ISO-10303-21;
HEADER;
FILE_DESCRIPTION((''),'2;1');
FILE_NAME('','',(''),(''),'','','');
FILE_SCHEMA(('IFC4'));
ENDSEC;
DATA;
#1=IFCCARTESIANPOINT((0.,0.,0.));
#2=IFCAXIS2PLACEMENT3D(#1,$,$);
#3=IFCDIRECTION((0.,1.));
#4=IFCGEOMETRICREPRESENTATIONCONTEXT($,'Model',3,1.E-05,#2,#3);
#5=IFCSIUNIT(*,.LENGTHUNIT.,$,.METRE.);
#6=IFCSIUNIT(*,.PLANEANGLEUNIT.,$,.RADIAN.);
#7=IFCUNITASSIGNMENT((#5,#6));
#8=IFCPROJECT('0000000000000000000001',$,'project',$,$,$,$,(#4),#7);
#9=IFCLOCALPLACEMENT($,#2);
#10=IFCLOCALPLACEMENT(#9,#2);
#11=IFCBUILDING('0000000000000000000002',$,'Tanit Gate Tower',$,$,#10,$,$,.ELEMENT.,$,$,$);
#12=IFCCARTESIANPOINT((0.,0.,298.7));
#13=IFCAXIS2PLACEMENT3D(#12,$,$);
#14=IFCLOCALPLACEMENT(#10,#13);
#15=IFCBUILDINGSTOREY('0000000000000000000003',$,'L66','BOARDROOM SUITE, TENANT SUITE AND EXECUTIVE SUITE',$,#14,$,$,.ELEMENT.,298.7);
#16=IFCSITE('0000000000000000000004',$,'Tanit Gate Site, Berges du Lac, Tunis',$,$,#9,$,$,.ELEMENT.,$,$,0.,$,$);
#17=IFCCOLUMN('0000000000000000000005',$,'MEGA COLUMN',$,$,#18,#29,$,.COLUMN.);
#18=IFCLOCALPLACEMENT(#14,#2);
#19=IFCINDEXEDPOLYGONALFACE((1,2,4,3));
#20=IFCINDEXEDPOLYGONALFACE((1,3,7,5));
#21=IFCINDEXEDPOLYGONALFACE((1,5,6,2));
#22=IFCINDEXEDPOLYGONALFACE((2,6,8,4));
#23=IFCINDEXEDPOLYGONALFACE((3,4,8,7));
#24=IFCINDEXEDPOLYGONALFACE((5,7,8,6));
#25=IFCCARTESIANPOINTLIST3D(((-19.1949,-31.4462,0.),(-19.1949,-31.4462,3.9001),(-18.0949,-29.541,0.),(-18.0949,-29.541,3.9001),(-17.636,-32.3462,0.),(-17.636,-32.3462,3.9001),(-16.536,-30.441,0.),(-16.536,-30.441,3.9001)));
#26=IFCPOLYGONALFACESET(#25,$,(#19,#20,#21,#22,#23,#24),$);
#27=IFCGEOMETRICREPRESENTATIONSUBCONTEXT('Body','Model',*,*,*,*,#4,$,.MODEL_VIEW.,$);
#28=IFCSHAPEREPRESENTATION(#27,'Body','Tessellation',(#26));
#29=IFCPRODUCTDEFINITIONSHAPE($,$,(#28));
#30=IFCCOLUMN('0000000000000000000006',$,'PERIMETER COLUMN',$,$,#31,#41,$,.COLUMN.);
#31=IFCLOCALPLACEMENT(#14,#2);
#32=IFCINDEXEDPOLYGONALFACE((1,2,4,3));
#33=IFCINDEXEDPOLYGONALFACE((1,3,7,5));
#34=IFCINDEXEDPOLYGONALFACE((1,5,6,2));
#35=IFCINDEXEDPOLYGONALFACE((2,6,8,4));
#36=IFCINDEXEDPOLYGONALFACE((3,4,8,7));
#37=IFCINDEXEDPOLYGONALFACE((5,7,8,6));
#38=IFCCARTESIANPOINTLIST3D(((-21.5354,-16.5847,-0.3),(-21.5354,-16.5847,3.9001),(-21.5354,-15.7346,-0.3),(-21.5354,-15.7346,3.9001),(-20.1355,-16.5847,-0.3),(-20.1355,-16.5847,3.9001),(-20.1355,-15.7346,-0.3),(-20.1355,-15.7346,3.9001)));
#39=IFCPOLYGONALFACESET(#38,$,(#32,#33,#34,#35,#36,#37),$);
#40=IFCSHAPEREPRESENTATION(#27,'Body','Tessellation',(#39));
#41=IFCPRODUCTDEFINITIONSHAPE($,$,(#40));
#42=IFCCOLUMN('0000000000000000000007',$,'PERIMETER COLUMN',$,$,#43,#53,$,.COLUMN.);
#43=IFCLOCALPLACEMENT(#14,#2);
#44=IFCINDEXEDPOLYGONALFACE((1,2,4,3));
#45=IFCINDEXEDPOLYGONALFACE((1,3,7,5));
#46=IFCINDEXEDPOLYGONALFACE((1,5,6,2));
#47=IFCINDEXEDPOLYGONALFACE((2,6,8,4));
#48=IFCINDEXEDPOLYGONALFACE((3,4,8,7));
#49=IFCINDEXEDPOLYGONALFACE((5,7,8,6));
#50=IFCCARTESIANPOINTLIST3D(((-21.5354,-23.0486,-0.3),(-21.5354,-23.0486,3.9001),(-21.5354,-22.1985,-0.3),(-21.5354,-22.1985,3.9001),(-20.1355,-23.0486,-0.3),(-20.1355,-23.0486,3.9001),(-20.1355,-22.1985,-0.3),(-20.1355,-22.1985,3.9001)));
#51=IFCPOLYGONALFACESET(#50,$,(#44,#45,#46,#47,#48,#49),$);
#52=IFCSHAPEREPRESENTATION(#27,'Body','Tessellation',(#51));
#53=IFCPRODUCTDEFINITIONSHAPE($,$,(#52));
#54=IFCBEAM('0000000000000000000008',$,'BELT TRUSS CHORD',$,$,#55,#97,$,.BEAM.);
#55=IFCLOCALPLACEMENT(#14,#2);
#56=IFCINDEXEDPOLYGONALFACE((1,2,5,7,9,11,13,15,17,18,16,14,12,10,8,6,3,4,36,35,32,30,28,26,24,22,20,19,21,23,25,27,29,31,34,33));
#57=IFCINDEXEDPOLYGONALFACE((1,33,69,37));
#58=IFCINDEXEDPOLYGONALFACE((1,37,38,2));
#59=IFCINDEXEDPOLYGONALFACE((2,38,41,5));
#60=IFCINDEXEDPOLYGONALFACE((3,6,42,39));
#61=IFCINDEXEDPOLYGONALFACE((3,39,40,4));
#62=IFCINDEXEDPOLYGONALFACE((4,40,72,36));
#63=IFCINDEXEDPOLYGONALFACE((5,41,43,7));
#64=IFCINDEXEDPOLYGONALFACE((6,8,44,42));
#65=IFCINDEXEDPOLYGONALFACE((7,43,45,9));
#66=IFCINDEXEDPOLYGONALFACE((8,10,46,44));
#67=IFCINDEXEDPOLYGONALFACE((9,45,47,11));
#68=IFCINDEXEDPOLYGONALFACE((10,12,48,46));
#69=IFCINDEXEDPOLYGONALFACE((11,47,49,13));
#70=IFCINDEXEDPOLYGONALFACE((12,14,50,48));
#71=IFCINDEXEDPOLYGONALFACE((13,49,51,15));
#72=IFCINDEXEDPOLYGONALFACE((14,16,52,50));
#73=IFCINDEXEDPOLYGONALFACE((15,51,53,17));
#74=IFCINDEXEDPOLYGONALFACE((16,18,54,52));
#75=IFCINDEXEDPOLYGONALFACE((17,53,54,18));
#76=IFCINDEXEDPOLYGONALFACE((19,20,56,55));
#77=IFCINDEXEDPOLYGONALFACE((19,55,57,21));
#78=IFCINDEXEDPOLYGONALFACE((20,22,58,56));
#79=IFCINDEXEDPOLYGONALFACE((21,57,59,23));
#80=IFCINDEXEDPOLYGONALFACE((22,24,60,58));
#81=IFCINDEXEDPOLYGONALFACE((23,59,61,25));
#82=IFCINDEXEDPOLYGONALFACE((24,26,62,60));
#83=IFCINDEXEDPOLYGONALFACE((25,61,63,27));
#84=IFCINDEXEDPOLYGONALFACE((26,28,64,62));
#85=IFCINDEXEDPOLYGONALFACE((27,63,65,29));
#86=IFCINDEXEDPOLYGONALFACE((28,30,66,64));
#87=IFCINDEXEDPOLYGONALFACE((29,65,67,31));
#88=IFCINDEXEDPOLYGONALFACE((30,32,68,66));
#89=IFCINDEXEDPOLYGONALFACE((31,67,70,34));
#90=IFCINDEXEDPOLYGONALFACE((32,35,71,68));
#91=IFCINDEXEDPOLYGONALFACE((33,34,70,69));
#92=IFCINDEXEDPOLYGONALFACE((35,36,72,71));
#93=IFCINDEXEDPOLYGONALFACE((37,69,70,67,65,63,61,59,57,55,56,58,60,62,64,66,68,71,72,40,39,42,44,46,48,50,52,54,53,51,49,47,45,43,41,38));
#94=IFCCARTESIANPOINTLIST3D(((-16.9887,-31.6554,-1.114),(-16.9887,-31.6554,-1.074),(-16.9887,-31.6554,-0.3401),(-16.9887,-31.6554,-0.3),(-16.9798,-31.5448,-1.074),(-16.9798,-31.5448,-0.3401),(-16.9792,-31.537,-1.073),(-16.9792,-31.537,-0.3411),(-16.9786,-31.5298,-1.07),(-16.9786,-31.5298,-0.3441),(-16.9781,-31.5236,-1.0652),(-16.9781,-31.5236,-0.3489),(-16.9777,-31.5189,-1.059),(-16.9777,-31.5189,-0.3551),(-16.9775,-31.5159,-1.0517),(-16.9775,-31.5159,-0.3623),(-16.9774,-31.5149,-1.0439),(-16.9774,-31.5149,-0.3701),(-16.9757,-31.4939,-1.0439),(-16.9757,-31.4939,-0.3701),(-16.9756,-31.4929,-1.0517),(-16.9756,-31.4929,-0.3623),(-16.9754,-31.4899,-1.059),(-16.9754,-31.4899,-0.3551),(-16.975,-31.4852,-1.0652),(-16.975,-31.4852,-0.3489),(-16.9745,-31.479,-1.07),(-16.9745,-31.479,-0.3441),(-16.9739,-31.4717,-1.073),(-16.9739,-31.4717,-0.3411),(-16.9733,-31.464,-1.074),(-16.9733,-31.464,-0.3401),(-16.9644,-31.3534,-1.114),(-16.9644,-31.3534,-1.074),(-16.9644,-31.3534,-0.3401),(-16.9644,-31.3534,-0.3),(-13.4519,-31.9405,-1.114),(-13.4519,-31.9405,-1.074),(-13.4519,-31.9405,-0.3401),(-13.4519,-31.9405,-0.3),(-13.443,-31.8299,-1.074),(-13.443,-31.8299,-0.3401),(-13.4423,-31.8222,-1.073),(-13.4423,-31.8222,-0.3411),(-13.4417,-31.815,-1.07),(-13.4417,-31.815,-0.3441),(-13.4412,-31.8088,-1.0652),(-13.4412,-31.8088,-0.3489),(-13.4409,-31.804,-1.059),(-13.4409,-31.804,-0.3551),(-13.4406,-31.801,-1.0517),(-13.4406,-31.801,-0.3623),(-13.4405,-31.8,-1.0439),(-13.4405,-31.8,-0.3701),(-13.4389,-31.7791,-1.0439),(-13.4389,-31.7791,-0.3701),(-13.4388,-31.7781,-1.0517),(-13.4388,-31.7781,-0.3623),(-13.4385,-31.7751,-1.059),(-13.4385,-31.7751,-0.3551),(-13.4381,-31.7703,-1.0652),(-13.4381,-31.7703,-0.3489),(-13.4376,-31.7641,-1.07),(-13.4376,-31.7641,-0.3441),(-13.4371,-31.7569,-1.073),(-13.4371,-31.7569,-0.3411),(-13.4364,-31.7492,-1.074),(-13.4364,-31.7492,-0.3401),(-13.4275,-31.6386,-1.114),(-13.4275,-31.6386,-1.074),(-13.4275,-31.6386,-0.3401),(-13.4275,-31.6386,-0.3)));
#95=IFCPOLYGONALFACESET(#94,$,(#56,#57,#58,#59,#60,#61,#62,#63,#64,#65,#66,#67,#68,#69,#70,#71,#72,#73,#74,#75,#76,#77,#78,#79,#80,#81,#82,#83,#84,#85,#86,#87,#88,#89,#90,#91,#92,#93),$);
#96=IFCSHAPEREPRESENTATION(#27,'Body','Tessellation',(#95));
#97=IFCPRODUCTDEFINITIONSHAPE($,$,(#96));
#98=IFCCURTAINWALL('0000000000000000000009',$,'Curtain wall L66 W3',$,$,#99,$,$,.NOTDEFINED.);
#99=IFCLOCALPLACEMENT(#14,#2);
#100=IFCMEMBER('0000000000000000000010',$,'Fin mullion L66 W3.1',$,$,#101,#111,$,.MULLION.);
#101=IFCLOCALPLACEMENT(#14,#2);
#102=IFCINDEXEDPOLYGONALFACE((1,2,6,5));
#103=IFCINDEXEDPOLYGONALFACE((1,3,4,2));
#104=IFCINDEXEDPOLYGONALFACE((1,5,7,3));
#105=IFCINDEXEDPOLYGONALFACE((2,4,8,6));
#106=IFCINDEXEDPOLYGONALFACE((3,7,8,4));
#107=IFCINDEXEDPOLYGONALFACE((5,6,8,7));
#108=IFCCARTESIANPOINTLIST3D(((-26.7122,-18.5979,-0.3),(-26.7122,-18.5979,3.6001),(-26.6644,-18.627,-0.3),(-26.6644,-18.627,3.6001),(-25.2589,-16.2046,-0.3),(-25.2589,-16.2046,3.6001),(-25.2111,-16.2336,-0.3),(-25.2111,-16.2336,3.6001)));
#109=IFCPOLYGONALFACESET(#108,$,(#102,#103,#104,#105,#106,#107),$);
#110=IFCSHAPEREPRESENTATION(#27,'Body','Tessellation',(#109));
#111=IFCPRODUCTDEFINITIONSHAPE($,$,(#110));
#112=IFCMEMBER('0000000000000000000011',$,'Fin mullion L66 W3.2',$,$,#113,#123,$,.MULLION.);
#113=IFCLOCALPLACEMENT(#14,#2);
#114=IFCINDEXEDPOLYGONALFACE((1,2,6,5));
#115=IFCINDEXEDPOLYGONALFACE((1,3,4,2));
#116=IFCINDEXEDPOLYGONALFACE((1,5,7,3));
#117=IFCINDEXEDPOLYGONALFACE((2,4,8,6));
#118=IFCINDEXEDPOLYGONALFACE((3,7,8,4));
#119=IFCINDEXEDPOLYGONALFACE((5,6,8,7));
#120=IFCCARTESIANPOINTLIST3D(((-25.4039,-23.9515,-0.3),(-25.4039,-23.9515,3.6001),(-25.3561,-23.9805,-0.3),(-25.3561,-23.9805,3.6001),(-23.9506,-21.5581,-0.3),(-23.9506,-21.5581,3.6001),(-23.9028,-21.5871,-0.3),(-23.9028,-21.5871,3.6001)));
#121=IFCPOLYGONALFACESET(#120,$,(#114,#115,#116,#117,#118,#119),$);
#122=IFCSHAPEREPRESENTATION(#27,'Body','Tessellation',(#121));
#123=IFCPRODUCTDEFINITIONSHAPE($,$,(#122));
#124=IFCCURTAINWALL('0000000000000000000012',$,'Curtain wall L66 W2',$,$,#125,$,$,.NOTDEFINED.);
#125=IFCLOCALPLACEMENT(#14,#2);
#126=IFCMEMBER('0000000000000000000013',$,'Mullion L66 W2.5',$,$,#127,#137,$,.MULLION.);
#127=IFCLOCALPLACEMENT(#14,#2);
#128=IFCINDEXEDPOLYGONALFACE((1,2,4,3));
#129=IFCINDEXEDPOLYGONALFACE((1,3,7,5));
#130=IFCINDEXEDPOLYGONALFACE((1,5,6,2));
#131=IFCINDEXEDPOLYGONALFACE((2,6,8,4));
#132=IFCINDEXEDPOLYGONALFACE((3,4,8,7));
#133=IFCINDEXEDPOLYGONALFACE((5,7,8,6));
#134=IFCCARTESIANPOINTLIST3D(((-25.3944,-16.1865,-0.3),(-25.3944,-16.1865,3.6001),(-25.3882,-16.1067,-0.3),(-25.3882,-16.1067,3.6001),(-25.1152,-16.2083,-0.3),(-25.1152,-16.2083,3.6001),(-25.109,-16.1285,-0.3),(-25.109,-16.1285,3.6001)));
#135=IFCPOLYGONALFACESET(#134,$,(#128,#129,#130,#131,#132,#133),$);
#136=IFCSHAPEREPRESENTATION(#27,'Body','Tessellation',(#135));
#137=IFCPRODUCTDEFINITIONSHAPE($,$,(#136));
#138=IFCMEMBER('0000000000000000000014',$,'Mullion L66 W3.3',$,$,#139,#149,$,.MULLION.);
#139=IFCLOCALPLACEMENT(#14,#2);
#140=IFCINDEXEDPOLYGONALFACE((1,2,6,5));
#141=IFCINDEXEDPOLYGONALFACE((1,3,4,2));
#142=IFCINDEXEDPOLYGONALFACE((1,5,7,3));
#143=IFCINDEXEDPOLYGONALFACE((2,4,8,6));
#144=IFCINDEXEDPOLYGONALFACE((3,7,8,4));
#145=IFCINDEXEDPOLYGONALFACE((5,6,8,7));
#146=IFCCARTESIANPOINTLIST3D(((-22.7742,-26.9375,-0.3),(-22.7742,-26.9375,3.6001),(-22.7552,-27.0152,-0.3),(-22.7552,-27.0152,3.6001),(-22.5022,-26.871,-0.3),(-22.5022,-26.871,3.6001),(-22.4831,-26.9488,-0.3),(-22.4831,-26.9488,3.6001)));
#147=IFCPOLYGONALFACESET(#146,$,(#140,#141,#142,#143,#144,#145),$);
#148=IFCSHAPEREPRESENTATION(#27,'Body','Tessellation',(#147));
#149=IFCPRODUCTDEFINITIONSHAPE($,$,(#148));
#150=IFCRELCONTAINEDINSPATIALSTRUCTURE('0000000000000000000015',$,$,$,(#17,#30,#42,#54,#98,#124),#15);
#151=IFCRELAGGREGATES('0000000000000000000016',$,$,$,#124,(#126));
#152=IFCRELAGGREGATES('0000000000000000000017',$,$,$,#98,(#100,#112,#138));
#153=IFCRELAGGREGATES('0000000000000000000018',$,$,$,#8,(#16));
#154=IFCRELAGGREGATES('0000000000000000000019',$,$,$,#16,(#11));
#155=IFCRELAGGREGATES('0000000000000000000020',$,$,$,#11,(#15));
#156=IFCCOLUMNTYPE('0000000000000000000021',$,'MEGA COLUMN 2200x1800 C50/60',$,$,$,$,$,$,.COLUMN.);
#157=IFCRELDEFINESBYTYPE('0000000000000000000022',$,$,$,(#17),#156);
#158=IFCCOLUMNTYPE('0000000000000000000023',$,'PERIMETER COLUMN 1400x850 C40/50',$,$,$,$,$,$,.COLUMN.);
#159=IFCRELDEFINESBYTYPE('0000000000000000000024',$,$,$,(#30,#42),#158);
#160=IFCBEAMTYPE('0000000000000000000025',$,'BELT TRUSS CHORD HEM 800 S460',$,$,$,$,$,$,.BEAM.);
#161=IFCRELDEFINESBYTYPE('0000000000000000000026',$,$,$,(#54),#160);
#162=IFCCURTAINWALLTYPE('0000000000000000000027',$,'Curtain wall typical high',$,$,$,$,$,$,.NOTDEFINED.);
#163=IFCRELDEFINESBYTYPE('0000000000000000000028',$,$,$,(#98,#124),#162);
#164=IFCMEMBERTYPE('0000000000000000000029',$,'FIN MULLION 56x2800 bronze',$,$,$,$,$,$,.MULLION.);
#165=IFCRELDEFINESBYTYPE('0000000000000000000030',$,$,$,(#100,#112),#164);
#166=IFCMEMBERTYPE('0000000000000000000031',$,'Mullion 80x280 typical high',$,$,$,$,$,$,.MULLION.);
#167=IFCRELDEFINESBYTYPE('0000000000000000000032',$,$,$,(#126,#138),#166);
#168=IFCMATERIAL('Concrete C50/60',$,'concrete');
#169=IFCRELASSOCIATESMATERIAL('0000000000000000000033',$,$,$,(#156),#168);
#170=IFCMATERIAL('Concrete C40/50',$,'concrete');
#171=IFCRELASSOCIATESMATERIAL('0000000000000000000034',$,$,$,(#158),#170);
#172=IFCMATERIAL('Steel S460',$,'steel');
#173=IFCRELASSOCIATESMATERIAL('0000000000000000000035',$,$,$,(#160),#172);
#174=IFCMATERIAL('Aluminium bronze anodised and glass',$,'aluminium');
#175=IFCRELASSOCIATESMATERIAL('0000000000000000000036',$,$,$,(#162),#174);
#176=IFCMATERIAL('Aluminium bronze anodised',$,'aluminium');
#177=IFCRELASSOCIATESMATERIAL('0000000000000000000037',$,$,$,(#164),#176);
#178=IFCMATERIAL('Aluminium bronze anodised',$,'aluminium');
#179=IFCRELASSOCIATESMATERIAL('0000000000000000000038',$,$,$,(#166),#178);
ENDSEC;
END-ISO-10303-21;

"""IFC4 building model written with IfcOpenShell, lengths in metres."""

from ifc_helpers import new_model, si_unit, direction, frame, origin, origin_2d, place, context, subcontext, project, spatial, rectangle, i_section, extrude, material, material_profile, profile_set, type_object, element, aggregate, save


model = new_model("IFC4")

# Units and contexts
model_context = context("Model", 3, precision=1e-05, world=origin(), true_north=direction((0.0, 1.0)))
body_context = subcontext(model_context, "Body", "Model", "MODEL_VIEW")
ifc_project = project(units=[si_unit("LENGTHUNIT", "METRE"), si_unit("PLANEANGLEUNIT", "RADIAN")], contexts=[model_context])

# Site, building, storey
site_placement = place(None, origin())
site = spatial("IfcSite", under=ifc_project, at=site_placement, Name="Tanit Gate Site, Berges du Lac, Tunis", CompositionType="ELEMENT", RefElevation=0.0)
building_placement = place(site_placement, origin())
building = spatial("IfcBuilding", under=site, at=building_placement, Name="Tanit Gate Tower", CompositionType="ELEMENT")
storey_placement = place(building_placement, frame((0.0, 0.0, 298.7)))
storey = spatial("IfcBuildingStorey", under=building, at=storey_placement, Name="L66", Description="BOARDROOM SUITE, TENANT SUITE AND EXECUTIVE SUITE", CompositionType="ELEMENT", Elevation=298.7)

# Columns
ifc_material_1 = material(Name="Concrete C50/60", Category="concrete")
ifc_material_profile_1 = material_profile(ifc_material_1, rectangle(XDim=2.2, YDim=1.8, at=origin_2d()), Name="RC 2200x1800")
ifc_profile_set_1 = profile_set([ifc_material_profile_1], Name="Concrete C50/60")
column_type_1 = type_object("IfcColumnType", Name="MEGA COLUMN 2200x1800 C50/60", PredefinedType="COLUMN", material=ifc_profile_set_1)
column_placement = place(storey_placement, frame((-17.8655, -30.9436, 0.0), z_axis=(0.0, 0.0, 1.0), x_axis=(-0.5, -0.866025, 0.0)))
element("IfcColumn", 1, at=column_placement, inside=storey, type_object=column_type_1, Name="MEGA COLUMN", PredefinedType="COLUMN", context=body_context, shape_type="SweptSolid", body=[
    extrude(rectangle(XDim=2.2, YDim=1.8, at=origin_2d()), origin(), (0.0, 0.0, 1.0), 3.9001),
])
ifc_material_2 = material(Name="Concrete C40/50", Category="concrete")
ifc_material_profile_2 = material_profile(ifc_material_2, rectangle(XDim=1.3999, YDim=0.8501, at=origin_2d()), Name="RC 1400x850")
ifc_profile_set_2 = profile_set([ifc_material_profile_2], Name="Concrete C40/50")
column_type_2 = type_object("IfcColumnType", Name="PERIMETER COLUMN 1400x850 C40/50", PredefinedType="COLUMN", material=ifc_profile_set_2)
for number, where, z_axis, x_axis, name in (
    (2, (-20.8354, -16.1597, -0.3), (0.0, 0.0, 1.0), (-1.0, 0.0, 0.0), "PERIMETER COLUMN"),
    (3, (-20.8354, -22.6235, -0.3), (0.0, 0.0, 1.0), (-1.0, 0.0, 0.0), "PERIMETER COLUMN"),
):
    element("IfcColumn", number, at=place(storey_placement, frame(where, z_axis=z_axis, x_axis=x_axis)), inside=storey, type_object=column_type_2, Name=name, PredefinedType="COLUMN", context=body_context, shape_type="SweptSolid", body=[
        extrude(rectangle(XDim=1.3999, YDim=0.8501, at=origin_2d()), origin(), (0.0, 0.0, 1.0), 4.2002),
    ])

# Beam
ifc_material_3 = material(Name="Steel S460", Category="steel")
ifc_material_profile_3 = material_profile(ifc_material_3, i_section(OverallWidth=0.303, OverallDepth=0.814, WebThickness=0.021, FlangeThickness=0.04, FilletRadius=0.03, at=origin_2d()), Name="HEM 800")
ifc_profile_set_3 = profile_set([ifc_material_profile_3], Name="Steel S460")
beam_type_1 = type_object("IfcBeamType", Name="BELT TRUSS CHORD HEM 800 S460", PredefinedType="BEAM", material=ifc_profile_set_3)
beam_1_placement = place(storey_placement, frame((-16.9766, -31.5044, -0.707), z_axis=(0.996766, -0.080363, 0.0), x_axis=(0.080363, 0.996766, 0.0)))
element("IfcBeam", 4, at=beam_1_placement, inside=storey, type_object=beam_type_1, Name="BELT TRUSS CHORD", PredefinedType="BEAM", context=body_context, shape_type="SweptSolid", body=[
    extrude(i_section(OverallWidth=0.303, OverallDepth=0.814, WebThickness=0.021, FlangeThickness=0.04, FilletRadius=0.03, at=origin_2d()), origin(), (0.0, 0.0, 1.0), 3.5483),
])

# Curtain wall, members
ifc_material_4 = material(Name="Aluminium bronze anodised and glass", Category="aluminium")
curtain_wall_type = type_object("IfcCurtainWallType", Name="Curtain wall typical high", PredefinedType="NOTDEFINED", material=ifc_material_4)
curtain_wall_1_placement = place(storey_placement, origin())
curtain_wall_1 = element("IfcCurtainWall", 5, at=curtain_wall_1_placement, inside=storey, type_object=curtain_wall_type, Name="Curtain wall L66 W3", PredefinedType="NOTDEFINED")
ifc_material_5 = material(Name="Aluminium bronze anodised", Category="aluminium")
ifc_material_profile_4 = material_profile(ifc_material_5, rectangle(XDim=2.8, YDim=0.0559, at=origin_2d()), Name="56x2800 bronze fin mullion")
ifc_profile_set_4 = profile_set([ifc_material_profile_4], Name="Aluminium bronze anodised")
member_type_1 = type_object("IfcMemberType", Name="FIN MULLION 56x2800 bronze", PredefinedType="MULLION", material=ifc_profile_set_4)
member_1_placement = place(storey_placement, frame((-25.9617, -17.4158, -0.3), z_axis=(0.0, 0.0, 1.0), x_axis=(0.519036, 0.854752, 0.0)))
member_1 = element("IfcMember", 6, at=member_1_placement, type_object=member_type_1, Name="Fin mullion L66 W3.1", PredefinedType="MULLION", context=body_context, shape_type="SweptSolid", body=[
    extrude(rectangle(XDim=2.8, YDim=0.0559, at=origin_2d()), origin(), (0.0, 0.0, 1.0), 3.9001),
])
member_2_placement = place(storey_placement, frame((-24.6533, -22.7693, -0.3), z_axis=(0.0, 0.0, 1.0), x_axis=(0.519036, 0.854752, 0.0)))
member_2 = element("IfcMember", 7, at=member_2_placement, type_object=member_type_1, Name="Fin mullion L66 W3.2", PredefinedType="MULLION", context=body_context, shape_type="SweptSolid", body=[
    extrude(rectangle(XDim=2.8, YDim=0.0559, at=origin_2d()), origin(), (0.0, 0.0, 1.0), 3.9001),
])

# Curtain wall, member
curtain_wall_2_placement = place(storey_placement, origin())
curtain_wall_2 = element("IfcCurtainWall", 8, at=curtain_wall_2_placement, inside=storey, type_object=curtain_wall_type, Name="Curtain wall L66 W2", PredefinedType="NOTDEFINED")
ifc_material_6 = material(Name="Aluminium bronze anodised", Category="aluminium")
ifc_material_profile_5 = material_profile(ifc_material_6, rectangle(XDim=0.28, YDim=0.0801, at=origin_2d()), Name="80x280 bronze mullion")
ifc_profile_set_5 = profile_set([ifc_material_profile_5], Name="Aluminium bronze anodised")
member_type_2 = type_object("IfcMemberType", Name="Mullion 80x280 typical high", PredefinedType="MULLION", material=ifc_profile_set_5)
member_3_placement = place(storey_placement, frame((-25.2517, -16.1575, -0.3), z_axis=(0.0, 0.0, 1.0), x_axis=(0.996966, -0.077839, 0.0)))
member_3 = element("IfcMember", 9, at=member_3_placement, type_object=member_type_2, Name="Mullion L66 W2.5", PredefinedType="MULLION", context=body_context, shape_type="SweptSolid", body=[
    extrude(rectangle(XDim=0.28, YDim=0.0801, at=origin_2d()), origin(), (0.0, 0.0, 1.0), 3.9001),
])
aggregate(curtain_wall_2, [member_3])

# Member
member_4_placement = place(storey_placement, frame((-22.6287, -26.9431, -0.3), z_axis=(0.0, 0.0, 1.0), x_axis=(0.971415, 0.237387, 0.0)))
member_4 = element("IfcMember", 10, at=member_4_placement, type_object=member_type_2, Name="Mullion L66 W3.3", PredefinedType="MULLION", context=body_context, shape_type="SweptSolid", body=[
    extrude(rectangle(XDim=0.28, YDim=0.0801, at=origin_2d()), origin(), (0.0, 0.0, 1.0), 3.9001),
])

aggregate(curtain_wall_1, [member_1, member_2, member_4])

save(model, "model.ifc")
